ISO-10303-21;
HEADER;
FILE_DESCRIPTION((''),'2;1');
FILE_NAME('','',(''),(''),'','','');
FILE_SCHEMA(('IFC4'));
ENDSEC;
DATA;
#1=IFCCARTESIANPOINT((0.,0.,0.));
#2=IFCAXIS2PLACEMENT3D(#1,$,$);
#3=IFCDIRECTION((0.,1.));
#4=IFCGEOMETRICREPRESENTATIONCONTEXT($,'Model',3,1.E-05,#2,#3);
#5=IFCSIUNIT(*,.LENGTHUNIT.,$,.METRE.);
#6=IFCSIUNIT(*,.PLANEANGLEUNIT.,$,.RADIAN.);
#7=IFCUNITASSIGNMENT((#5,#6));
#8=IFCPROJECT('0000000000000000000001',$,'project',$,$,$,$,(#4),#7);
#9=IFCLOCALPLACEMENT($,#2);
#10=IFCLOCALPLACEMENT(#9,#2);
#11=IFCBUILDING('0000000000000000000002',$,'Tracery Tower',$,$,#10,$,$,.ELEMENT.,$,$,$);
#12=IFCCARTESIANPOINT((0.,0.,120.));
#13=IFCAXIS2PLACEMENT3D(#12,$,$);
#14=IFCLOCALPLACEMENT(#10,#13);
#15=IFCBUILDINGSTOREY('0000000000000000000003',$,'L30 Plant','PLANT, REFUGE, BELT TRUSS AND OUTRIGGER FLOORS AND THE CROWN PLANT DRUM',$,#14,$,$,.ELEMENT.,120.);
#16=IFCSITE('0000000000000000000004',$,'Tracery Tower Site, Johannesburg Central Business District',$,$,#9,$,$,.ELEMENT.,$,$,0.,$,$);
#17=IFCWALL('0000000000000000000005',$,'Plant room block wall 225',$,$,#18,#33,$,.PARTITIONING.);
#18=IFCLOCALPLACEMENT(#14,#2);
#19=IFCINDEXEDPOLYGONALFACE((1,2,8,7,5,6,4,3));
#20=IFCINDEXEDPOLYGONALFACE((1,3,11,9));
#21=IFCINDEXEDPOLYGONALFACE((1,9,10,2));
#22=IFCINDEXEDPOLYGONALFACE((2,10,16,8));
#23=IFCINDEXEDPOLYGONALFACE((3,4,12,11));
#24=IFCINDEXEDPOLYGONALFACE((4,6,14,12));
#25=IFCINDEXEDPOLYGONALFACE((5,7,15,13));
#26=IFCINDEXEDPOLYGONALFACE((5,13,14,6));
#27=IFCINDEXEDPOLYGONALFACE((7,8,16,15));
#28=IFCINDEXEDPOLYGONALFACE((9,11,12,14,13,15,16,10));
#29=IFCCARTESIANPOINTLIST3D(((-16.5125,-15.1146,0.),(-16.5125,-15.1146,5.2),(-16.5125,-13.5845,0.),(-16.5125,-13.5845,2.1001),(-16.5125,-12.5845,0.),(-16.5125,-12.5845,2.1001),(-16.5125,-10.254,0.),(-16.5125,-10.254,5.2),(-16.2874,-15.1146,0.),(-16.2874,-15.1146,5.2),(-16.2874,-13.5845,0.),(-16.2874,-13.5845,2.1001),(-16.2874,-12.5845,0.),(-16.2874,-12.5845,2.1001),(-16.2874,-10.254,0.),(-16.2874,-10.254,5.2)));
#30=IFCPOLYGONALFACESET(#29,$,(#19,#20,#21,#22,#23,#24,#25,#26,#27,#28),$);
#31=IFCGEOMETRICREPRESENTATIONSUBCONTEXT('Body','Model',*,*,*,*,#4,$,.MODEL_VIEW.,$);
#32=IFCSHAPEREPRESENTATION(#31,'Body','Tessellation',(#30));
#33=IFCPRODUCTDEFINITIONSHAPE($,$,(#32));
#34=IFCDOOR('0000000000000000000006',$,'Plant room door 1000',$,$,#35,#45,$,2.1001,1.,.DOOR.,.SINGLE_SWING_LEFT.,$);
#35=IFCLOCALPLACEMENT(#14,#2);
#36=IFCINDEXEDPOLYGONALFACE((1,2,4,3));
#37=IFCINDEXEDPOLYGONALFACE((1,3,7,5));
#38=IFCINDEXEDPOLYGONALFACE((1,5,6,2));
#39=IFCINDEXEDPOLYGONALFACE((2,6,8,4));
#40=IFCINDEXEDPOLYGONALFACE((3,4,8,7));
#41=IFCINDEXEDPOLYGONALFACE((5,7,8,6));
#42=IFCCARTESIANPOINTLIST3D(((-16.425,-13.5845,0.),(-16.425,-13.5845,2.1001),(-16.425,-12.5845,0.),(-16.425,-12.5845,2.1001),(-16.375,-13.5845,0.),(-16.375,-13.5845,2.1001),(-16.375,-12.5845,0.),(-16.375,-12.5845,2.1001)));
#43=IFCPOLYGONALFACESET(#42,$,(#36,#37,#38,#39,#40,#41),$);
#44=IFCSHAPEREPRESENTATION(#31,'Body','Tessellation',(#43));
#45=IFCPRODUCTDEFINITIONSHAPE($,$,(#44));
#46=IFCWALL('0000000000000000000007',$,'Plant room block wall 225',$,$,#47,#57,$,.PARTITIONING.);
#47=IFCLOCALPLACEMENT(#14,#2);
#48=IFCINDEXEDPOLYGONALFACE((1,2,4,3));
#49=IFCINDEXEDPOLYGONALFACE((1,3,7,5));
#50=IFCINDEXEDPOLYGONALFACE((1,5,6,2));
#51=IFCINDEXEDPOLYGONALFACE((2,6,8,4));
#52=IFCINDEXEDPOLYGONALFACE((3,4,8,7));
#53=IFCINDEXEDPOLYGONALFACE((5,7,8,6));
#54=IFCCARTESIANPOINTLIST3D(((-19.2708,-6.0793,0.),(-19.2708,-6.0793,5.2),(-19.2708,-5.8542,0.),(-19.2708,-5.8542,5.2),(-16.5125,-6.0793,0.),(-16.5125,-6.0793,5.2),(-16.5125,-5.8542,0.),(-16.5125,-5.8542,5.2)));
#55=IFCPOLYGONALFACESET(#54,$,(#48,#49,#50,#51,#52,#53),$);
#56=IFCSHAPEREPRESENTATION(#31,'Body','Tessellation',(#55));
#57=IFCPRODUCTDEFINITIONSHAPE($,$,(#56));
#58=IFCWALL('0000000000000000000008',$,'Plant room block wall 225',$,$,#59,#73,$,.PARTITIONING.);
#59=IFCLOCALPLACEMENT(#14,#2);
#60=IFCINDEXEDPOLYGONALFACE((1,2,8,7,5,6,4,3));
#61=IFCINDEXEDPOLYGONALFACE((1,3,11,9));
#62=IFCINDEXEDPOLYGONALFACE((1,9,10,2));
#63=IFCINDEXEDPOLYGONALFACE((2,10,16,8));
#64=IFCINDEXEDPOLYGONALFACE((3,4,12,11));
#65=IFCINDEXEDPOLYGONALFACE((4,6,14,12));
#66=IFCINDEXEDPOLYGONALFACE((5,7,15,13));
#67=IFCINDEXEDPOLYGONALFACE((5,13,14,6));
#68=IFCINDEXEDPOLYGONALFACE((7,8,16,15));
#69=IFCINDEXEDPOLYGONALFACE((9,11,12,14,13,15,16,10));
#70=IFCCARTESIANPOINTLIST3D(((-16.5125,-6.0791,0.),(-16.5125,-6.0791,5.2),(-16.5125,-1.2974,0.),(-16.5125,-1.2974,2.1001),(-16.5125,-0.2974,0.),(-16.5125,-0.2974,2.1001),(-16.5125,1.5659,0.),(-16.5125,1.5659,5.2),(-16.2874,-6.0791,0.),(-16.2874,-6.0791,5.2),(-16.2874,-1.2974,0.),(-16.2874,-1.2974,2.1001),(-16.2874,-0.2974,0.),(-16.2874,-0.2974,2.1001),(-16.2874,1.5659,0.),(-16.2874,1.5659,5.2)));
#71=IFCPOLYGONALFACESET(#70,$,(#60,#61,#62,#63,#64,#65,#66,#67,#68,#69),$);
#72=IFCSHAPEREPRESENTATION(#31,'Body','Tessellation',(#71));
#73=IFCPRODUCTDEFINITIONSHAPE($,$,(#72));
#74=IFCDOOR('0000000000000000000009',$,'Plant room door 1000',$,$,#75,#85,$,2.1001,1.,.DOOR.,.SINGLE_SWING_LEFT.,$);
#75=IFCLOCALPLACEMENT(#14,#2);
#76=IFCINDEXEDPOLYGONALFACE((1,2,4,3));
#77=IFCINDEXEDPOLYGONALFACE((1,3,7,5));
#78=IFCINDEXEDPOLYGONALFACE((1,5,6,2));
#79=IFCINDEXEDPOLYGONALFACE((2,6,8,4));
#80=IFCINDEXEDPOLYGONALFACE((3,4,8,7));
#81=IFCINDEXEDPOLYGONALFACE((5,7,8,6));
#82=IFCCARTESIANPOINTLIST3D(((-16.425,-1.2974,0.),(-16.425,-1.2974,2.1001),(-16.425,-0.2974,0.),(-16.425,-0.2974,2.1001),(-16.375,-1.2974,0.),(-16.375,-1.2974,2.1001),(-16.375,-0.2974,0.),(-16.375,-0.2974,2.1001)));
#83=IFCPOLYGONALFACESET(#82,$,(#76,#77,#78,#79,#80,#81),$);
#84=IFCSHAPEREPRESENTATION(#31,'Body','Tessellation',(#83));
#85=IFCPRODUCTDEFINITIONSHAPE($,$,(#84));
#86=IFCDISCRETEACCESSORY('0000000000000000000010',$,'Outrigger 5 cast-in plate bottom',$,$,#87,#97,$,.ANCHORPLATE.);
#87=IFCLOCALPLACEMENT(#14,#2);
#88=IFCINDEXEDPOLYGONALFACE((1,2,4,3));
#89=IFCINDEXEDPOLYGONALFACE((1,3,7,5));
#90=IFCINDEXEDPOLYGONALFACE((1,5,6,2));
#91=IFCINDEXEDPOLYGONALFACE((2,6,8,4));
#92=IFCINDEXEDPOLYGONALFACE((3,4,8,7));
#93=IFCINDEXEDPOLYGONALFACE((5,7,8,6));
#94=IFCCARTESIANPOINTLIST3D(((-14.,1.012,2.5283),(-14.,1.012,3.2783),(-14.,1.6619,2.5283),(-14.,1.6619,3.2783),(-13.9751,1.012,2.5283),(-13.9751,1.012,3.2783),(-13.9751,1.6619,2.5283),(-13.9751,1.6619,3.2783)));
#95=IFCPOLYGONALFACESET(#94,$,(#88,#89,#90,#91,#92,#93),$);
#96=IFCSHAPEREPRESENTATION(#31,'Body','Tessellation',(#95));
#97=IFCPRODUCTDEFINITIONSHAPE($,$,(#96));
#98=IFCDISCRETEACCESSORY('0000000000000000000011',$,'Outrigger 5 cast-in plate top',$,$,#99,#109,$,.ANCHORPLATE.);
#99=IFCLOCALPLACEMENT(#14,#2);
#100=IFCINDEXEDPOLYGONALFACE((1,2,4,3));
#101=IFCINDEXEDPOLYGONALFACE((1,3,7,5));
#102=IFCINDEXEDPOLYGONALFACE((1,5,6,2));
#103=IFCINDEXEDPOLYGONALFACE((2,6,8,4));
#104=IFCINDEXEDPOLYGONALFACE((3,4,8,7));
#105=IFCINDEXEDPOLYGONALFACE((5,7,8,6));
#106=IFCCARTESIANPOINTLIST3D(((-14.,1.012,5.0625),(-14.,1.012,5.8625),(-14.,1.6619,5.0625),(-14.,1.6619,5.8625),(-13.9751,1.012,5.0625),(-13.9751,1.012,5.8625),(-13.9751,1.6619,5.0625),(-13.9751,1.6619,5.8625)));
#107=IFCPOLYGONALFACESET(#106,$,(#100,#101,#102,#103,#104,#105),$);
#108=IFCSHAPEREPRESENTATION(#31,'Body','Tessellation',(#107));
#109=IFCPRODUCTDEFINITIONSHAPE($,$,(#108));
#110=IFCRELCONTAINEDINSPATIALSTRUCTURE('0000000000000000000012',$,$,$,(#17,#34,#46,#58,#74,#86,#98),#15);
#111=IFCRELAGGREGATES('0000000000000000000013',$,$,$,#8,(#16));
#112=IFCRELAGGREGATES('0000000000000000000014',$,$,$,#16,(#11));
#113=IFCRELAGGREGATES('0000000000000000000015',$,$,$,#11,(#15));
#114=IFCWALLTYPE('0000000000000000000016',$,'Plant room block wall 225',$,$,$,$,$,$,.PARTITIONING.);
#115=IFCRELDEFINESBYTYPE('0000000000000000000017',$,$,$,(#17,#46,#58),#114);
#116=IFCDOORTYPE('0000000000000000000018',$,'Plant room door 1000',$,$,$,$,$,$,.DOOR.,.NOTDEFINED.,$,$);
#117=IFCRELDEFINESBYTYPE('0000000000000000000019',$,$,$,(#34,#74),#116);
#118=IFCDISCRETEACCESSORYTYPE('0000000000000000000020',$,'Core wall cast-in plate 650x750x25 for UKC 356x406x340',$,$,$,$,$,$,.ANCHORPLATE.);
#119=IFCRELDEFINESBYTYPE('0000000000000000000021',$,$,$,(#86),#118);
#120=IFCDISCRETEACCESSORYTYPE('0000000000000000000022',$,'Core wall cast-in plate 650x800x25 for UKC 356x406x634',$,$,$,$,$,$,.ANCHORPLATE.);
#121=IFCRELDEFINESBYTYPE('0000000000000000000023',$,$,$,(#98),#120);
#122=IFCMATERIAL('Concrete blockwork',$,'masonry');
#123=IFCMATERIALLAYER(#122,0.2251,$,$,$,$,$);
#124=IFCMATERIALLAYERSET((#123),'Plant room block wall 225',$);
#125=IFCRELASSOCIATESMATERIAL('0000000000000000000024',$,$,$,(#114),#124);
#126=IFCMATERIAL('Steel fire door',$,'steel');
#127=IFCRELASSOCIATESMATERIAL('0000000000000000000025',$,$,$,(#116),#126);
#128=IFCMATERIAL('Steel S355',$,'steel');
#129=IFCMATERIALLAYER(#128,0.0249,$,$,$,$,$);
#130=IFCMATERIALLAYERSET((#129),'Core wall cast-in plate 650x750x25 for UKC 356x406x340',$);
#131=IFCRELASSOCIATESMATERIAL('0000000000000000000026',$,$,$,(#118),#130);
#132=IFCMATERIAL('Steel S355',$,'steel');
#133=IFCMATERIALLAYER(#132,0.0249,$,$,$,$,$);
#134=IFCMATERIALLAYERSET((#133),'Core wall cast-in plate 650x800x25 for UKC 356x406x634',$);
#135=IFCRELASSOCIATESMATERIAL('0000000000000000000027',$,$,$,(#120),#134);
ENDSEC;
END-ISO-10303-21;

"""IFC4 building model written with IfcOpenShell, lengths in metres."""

from ifc_helpers import new_model, si_unit, direction, frame, frame_2d, origin, origin_2d, place, context, subcontext, project, spatial, rectangle, extrude, material, layer, layer_set, type_object, element, fill, save


model = new_model("IFC4")

# Units and contexts
model_context = context("Model", 3, precision=1e-05, world=origin(), true_north=direction((0.0, 1.0)))
body_context = subcontext(model_context, "Body", "Model", "MODEL_VIEW")
ifc_project = project(units=[si_unit("LENGTHUNIT", "METRE"), si_unit("PLANEANGLEUNIT", "RADIAN")], contexts=[model_context])

# Site, building, storey
site_placement = place(None, origin())
site = spatial("IfcSite", under=ifc_project, at=site_placement, Name="Tracery Tower Site, Johannesburg Central Business District", CompositionType="ELEMENT", RefElevation=0.0)
building_placement = place(site_placement, origin())
building = spatial("IfcBuilding", under=site, at=building_placement, Name="Tracery Tower", CompositionType="ELEMENT")
storey_placement = place(building_placement, frame((0.0, 0.0, 120.0)))
storey = spatial("IfcBuildingStorey", under=building, at=storey_placement, Name="L30 Plant", Description="PLANT, REFUGE, BELT TRUSS AND OUTRIGGER FLOORS AND THE CROWN PLANT DRUM", CompositionType="ELEMENT", Elevation=120.0)

# Shared definitions
ifc_material_1 = material(Name="Concrete blockwork", Category="masonry")
ifc_layer_1 = layer(ifc_material_1, 0.2251)
ifc_layer_set_1 = layer_set([ifc_layer_1], Name="Plant room block wall 225")
wall_type_1 = type_object("IfcWallType", Name="Plant room block wall 225", PredefinedType="PARTITIONING", material=ifc_layer_set_1)

# Wall, opening, door
wall_1_placement = place(storey_placement, frame((-16.3999, -10.2542, 0.0), z_axis=(0.0, 0.0, 1.0), x_axis=(0.0, -1.0, 0.0)))
wall_1 = element("IfcWall", 1, at=wall_1_placement, inside=storey, type_object=wall_type_1, Name="Plant room block wall 225", PredefinedType="PARTITIONING", context=body_context, shape_type="SweptSolid", body=[
    extrude(rectangle(XDim=4.8606, YDim=0.2251, at=frame_2d((2.4302, 0.0))), origin(), (0.0, 0.0, 1.0), 5.2),
])
opening_1_placement = place(wall_1_placement, frame((2.3303, 0.0, 0.0)))
opening_1 = element("IfcOpeningElement", 2, at=opening_1_placement, cuts=wall_1, PredefinedType="OPENING", context=body_context, shape_type="SweptSolid", body=[
    extrude(rectangle(XDim=1.0, YDim=2.1001, at=frame_2d((0.5, 1.05))), frame((0.0, 0.1125, 0.0), z_axis=(0.0, -1.0, 0.0), x_axis=(1.0, 0.0, 0.0)), (0.0, 0.0, 1.0), 0.2251),
])
ifc_material_2 = material(Name="Steel fire door", Category="steel")
door_type_1 = type_object("IfcDoorType", Name="Plant room door 1000", OperationType="NOTDEFINED", PredefinedType="DOOR", material=ifc_material_2)
door_1_placement = place(opening_1_placement, origin())
door_1 = element("IfcDoor", 3, at=door_1_placement, inside=storey, type_object=door_type_1, Name="Plant room door 1000", OperationType="SINGLE_SWING_LEFT", OverallHeight=2.1001, OverallWidth=1.0, PredefinedType="DOOR", context=body_context, shape_type="SweptSolid", body=[
    extrude(rectangle(XDim=1.0, YDim=2.1001, at=frame_2d((0.5, 1.05))), frame((0.0, 0.0249, 0.0), z_axis=(0.0, -1.0, 0.0), x_axis=(1.0, 0.0, 0.0)), (0.0, 0.0, 1.0), 0.05),
])
fill(opening_1, door_1)

# Wall
wall_2_placement = place(storey_placement, frame((-16.5125, -5.9668, 0.0), z_axis=(0.0, 0.0, 1.0), x_axis=(-1.0, 0.0, 0.0)))
element("IfcWall", 4, at=wall_2_placement, inside=storey, type_object=wall_type_1, Name="Plant room block wall 225", PredefinedType="PARTITIONING", context=body_context, shape_type="SweptSolid", body=[
    extrude(rectangle(XDim=2.7583, YDim=0.2251, at=frame_2d((1.3792, 0.0))), origin(), (0.0, 0.0, 1.0), 5.2),
])

# Wall, opening, door
wall_3_placement = place(storey_placement, frame((-16.3999, 1.5659, 0.0), z_axis=(0.0, 0.0, 1.0), x_axis=(0.0, -1.0, 0.0)))
wall_3 = element("IfcWall", 5, at=wall_3_placement, inside=storey, type_object=wall_type_1, Name="Plant room block wall 225", PredefinedType="PARTITIONING", context=body_context, shape_type="SweptSolid", body=[
    extrude(rectangle(XDim=7.645, YDim=0.2251, at=frame_2d((3.8225, 0.0))), origin(), (0.0, 0.0, 1.0), 5.2),
])
opening_2_placement = place(wall_3_placement, frame((1.8633, 0.0, 0.0)))
opening_2 = element("IfcOpeningElement", 6, at=opening_2_placement, cuts=wall_3, PredefinedType="OPENING", context=body_context, shape_type="SweptSolid", body=[
    extrude(rectangle(XDim=1.0, YDim=2.1001, at=frame_2d((0.5, 1.05))), frame((0.0, 0.1125, 0.0), z_axis=(0.0, -1.0, 0.0), x_axis=(1.0, 0.0, 0.0)), (0.0, 0.0, 1.0), 0.2251),
])
door_2_placement = place(opening_2_placement, origin())
door_2 = element("IfcDoor", 7, at=door_2_placement, inside=storey, type_object=door_type_1, Name="Plant room door 1000", OperationType="SINGLE_SWING_LEFT", OverallHeight=2.1001, OverallWidth=1.0, PredefinedType="DOOR", context=body_context, shape_type="SweptSolid", body=[
    extrude(rectangle(XDim=1.0, YDim=2.1001, at=frame_2d((0.5, 1.05))), frame((0.0, 0.0249, 0.0), z_axis=(0.0, -1.0, 0.0), x_axis=(1.0, 0.0, 0.0)), (0.0, 0.0, 1.0), 0.05),
])
fill(opening_2, door_2)

# Discrete accessories
ifc_material_3 = material(Name="Steel S355", Category="steel")
ifc_layer_2 = layer(ifc_material_3, 0.0249)
ifc_layer_set_2 = layer_set([ifc_layer_2], Name="Core wall cast-in plate 650x750x25 for UKC 356x406x340")
discrete_accessory_type_1 = type_object("IfcDiscreteAccessoryType", Name="Core wall cast-in plate 650x750x25 for UKC 356x406x340", PredefinedType="ANCHORPLATE", material=ifc_layer_set_2)
discrete_accessory_1_placement = place(storey_placement, frame((-13.9875, 1.3369, 2.5283), z_axis=(0.0, 0.0, 1.0), x_axis=(1.0, 0.0, 0.0)))
element("IfcDiscreteAccessory", 8, at=discrete_accessory_1_placement, inside=storey, type_object=discrete_accessory_type_1, Name="Outrigger 5 cast-in plate bottom", PredefinedType="ANCHORPLATE", context=body_context, shape_type="SweptSolid", body=[
    extrude(rectangle(XDim=0.0249, YDim=0.6499, at=origin_2d()), origin(), (0.0, 0.0, 1.0), 0.75),
])
ifc_material_4 = material(Name="Steel S355", Category="steel")
ifc_layer_3 = layer(ifc_material_4, 0.0249)
ifc_layer_set_3 = layer_set([ifc_layer_3], Name="Core wall cast-in plate 650x800x25 for UKC 356x406x634")
discrete_accessory_type_2 = type_object("IfcDiscreteAccessoryType", Name="Core wall cast-in plate 650x800x25 for UKC 356x406x634", PredefinedType="ANCHORPLATE", material=ifc_layer_set_3)
discrete_accessory_2_placement = place(storey_placement, frame((-13.9875, 1.3369, 5.0625), z_axis=(0.0, 0.0, 1.0), x_axis=(1.0, 0.0, 0.0)))
element("IfcDiscreteAccessory", 9, at=discrete_accessory_2_placement, inside=storey, type_object=discrete_accessory_type_2, Name="Outrigger 5 cast-in plate top", PredefinedType="ANCHORPLATE", context=body_context, shape_type="SweptSolid", body=[
    extrude(rectangle(XDim=0.0249, YDim=0.6499, at=origin_2d()), origin(), (0.0, 0.0, 1.0), 0.8),
])

save(model, "model.ifc")
